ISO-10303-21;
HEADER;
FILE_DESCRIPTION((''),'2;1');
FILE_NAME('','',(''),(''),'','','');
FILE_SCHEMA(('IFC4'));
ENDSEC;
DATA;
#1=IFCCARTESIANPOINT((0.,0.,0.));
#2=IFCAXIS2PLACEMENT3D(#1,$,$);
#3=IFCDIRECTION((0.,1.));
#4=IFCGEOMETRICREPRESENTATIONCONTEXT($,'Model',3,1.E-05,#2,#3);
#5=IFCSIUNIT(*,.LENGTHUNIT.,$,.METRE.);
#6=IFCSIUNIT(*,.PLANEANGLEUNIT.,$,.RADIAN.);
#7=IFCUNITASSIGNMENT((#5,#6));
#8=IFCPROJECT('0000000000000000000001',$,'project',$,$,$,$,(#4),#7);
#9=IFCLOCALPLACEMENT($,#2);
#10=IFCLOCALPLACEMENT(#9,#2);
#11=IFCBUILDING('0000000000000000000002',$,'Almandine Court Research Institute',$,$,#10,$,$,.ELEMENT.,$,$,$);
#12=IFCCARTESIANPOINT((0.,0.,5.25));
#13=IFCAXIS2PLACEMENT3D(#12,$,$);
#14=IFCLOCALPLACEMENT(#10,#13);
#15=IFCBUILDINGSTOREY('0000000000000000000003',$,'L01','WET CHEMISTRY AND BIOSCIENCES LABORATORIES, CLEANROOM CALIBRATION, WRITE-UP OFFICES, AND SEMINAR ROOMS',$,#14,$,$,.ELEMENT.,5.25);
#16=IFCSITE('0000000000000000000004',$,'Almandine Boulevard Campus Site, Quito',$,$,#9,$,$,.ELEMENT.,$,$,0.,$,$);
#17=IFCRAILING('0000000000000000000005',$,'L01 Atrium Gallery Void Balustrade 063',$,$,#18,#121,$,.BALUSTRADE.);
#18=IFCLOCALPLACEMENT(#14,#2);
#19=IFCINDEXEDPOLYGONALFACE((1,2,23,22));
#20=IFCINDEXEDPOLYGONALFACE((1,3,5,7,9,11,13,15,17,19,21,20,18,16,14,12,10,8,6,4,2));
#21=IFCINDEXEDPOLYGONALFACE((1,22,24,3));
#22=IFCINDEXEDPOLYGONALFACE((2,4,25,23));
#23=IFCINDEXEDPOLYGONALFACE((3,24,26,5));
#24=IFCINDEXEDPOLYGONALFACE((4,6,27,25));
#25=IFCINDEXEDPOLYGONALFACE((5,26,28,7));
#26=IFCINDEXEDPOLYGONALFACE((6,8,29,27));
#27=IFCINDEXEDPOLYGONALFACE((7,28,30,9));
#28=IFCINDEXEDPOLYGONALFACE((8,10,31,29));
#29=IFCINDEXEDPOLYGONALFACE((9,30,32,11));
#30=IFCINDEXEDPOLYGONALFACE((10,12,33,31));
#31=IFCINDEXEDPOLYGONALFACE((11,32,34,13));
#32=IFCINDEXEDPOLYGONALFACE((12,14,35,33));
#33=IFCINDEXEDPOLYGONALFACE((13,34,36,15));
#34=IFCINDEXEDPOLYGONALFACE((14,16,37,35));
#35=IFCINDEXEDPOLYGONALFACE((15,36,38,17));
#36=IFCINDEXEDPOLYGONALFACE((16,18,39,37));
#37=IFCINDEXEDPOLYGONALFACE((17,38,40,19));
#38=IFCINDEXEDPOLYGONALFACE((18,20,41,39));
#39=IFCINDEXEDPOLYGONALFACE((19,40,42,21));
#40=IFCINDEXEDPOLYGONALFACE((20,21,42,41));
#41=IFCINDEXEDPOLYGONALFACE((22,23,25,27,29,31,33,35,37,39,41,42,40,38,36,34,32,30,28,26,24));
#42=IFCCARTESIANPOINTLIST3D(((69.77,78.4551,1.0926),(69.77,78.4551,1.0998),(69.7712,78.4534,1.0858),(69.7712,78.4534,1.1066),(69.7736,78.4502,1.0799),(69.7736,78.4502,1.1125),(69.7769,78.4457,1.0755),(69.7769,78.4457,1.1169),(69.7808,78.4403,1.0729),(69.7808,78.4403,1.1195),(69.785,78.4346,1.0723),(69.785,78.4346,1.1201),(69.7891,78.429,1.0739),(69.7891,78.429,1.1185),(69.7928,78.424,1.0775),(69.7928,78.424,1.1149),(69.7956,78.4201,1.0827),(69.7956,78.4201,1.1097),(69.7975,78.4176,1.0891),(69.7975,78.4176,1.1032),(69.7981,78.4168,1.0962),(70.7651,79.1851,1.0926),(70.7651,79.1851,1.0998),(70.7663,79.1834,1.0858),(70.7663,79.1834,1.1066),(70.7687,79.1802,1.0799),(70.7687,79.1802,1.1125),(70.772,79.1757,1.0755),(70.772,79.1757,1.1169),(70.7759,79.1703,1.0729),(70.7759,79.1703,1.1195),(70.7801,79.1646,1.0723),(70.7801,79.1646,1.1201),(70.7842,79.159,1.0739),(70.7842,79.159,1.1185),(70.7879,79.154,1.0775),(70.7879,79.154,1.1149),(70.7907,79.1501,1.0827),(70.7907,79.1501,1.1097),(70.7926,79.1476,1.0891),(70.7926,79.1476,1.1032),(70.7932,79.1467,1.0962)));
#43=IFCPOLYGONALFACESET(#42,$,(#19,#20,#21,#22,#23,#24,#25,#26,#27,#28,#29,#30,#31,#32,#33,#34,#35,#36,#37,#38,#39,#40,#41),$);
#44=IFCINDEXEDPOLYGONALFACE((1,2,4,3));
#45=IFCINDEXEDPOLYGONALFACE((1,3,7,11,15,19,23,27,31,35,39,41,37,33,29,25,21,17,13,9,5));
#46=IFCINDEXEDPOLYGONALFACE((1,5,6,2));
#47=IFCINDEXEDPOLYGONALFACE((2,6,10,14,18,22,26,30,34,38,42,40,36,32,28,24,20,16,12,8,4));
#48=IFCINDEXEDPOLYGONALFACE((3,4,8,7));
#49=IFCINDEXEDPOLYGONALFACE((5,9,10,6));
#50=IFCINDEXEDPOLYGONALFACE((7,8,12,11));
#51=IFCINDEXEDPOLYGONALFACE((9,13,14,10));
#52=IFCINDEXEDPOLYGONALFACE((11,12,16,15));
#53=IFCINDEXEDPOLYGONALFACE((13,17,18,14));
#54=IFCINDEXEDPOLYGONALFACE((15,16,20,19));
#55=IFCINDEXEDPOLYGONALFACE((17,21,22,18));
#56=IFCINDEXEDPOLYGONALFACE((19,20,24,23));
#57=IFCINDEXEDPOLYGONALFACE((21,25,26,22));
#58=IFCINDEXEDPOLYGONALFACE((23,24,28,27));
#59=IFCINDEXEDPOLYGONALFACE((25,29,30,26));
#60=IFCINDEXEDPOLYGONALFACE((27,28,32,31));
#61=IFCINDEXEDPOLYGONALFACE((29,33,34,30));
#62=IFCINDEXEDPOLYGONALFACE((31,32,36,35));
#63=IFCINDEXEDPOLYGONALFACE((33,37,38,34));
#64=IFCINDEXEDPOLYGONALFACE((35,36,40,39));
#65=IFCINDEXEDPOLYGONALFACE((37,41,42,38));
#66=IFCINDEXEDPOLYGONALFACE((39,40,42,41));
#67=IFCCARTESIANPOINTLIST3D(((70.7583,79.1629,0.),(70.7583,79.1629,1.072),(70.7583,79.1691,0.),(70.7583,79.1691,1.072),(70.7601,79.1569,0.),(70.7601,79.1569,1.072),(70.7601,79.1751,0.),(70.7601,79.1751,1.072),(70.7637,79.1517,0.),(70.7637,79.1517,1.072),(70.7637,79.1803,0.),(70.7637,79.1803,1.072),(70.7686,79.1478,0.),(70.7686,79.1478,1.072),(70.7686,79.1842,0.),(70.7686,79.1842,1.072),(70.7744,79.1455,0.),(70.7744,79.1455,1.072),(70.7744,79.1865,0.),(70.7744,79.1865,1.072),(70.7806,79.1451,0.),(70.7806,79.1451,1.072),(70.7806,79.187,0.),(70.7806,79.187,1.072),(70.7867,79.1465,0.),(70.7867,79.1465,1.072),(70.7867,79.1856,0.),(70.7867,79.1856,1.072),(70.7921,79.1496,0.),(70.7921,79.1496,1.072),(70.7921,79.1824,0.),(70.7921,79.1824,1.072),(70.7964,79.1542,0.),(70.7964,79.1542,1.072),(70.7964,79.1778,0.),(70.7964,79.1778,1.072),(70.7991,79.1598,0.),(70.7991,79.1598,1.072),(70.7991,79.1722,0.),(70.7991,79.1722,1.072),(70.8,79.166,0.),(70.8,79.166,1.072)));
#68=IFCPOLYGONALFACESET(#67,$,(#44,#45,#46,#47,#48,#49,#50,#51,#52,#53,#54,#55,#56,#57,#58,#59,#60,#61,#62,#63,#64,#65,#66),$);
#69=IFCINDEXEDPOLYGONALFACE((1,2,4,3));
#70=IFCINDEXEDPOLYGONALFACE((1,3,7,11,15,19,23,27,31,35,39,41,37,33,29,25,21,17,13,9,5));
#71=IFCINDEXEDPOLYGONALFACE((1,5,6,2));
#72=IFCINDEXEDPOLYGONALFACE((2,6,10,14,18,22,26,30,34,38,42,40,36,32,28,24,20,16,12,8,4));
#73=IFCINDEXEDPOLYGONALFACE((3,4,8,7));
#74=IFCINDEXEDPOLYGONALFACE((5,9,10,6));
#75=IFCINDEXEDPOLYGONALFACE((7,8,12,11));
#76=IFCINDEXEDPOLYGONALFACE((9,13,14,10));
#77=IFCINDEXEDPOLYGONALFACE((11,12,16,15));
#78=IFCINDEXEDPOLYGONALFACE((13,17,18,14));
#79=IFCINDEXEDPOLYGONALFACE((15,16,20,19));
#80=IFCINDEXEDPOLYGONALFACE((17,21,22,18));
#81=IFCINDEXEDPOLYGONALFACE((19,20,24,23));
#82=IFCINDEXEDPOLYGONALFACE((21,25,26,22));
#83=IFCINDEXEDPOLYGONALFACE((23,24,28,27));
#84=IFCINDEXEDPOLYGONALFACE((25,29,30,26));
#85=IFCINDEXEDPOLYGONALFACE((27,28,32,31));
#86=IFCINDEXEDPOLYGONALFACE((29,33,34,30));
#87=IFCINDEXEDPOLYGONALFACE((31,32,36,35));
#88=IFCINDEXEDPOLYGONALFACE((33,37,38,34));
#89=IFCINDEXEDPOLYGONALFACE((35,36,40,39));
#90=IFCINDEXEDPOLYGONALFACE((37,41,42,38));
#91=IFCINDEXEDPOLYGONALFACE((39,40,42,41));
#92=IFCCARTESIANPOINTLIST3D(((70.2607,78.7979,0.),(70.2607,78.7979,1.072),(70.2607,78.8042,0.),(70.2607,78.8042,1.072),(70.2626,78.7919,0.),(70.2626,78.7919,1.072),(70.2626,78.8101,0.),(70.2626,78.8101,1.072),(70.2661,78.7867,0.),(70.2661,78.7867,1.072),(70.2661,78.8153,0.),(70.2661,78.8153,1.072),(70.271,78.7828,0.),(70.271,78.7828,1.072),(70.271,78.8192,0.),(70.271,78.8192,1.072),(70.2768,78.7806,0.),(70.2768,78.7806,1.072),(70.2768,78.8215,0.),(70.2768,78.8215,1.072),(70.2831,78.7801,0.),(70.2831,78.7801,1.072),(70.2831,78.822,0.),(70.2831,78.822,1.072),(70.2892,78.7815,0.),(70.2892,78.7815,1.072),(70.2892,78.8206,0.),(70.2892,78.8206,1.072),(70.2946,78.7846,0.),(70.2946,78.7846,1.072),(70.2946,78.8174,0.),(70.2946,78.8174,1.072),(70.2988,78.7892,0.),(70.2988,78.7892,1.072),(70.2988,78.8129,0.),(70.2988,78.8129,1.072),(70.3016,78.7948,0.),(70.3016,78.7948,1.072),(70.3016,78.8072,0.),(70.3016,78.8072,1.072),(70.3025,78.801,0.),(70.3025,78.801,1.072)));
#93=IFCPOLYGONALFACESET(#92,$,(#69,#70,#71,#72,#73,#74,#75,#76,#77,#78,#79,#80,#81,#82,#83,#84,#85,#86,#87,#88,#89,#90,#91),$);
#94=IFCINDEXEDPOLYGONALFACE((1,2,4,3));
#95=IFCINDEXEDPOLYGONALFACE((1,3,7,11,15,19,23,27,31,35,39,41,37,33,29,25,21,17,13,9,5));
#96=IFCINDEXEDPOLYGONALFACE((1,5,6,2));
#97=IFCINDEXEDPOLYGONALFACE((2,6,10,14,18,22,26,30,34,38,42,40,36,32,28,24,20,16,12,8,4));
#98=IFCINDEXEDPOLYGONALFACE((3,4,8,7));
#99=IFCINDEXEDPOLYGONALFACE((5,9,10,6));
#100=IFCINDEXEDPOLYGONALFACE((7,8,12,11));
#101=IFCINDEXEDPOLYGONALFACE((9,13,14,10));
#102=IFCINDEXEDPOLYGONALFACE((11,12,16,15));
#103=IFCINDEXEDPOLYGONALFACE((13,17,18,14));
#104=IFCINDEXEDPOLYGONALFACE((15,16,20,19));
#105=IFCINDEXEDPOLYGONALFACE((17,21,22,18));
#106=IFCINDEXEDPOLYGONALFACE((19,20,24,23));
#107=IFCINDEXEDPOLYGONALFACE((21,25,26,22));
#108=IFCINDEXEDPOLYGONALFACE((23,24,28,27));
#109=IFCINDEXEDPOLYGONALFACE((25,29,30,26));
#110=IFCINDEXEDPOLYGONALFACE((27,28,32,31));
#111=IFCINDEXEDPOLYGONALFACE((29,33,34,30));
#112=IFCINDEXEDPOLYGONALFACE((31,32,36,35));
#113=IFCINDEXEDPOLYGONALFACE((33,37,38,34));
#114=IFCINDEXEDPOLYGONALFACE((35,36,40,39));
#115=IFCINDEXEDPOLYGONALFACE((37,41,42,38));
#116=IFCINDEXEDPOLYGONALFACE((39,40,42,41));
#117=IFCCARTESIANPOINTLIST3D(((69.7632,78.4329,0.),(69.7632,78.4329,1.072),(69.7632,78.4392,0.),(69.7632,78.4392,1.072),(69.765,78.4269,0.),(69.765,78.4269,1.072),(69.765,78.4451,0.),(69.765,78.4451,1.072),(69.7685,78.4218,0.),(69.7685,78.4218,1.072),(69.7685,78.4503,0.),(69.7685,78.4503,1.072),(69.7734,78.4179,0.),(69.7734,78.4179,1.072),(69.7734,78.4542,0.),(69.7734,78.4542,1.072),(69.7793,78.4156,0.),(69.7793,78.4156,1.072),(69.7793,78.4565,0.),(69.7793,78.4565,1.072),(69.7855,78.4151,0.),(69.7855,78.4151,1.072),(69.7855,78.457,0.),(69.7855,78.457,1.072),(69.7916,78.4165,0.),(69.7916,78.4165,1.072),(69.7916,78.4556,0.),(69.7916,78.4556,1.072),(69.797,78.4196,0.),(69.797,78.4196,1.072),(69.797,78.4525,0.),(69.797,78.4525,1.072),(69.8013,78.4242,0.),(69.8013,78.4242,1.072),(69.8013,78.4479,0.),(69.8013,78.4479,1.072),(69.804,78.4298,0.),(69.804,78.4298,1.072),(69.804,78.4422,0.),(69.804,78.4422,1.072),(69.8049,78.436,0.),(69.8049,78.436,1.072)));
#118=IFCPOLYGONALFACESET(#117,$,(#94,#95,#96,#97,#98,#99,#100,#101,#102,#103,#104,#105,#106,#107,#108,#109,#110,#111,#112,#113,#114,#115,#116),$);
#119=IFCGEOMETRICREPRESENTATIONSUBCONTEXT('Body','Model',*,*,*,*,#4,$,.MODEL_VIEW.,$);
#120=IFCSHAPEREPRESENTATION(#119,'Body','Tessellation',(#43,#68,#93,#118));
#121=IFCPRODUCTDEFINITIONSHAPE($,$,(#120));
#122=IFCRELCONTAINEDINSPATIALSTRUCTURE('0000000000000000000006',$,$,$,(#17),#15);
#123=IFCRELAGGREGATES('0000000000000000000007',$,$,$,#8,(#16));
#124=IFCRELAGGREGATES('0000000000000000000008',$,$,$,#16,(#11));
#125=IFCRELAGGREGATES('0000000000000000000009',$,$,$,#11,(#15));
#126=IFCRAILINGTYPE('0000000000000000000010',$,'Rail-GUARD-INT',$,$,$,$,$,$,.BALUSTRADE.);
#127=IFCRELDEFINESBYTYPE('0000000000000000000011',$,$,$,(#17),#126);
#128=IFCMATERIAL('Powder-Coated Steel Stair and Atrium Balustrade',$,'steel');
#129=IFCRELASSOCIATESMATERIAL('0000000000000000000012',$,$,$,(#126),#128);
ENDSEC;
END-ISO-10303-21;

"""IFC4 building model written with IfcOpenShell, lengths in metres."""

from ifc_helpers import new_model, si_unit, direction, frame, origin, origin_2d, place, context, subcontext, project, spatial, circle, extrude, material, type_object, element, save


model = new_model("IFC4")

# Units and contexts
model_context = context("Model", 3, precision=1e-05, world=origin(), true_north=direction((0.0, 1.0)))
body_context = subcontext(model_context, "Body", "Model", "MODEL_VIEW")
ifc_project = project(units=[si_unit("LENGTHUNIT", "METRE"), si_unit("PLANEANGLEUNIT", "RADIAN")], contexts=[model_context])

# Site, building, storey
site_placement = place(None, origin())
site = spatial("IfcSite", under=ifc_project, at=site_placement, Name="Almandine Boulevard Campus Site, Quito", CompositionType="ELEMENT", RefElevation=0.0)
building_placement = place(site_placement, origin())
building = spatial("IfcBuilding", under=site, at=building_placement, Name="Almandine Court Research Institute", CompositionType="ELEMENT")
storey_placement = place(building_placement, frame((0.0, 0.0, 5.25)))
storey = spatial("IfcBuildingStorey", under=building, at=storey_placement, Name="L01", Description="WET CHEMISTRY AND BIOSCIENCES LABORATORIES, CLEANROOM CALIBRATION, WRITE-UP OFFICES, AND SEMINAR ROOMS", CompositionType="ELEMENT", Elevation=5.25)

# Railing
ifc_material_1 = material(Name="Powder-Coated Steel Stair and Atrium Balustrade", Category="steel")
railing_type = type_object("IfcRailingType", Name="Rail-GUARD-INT", PredefinedType="BALUSTRADE", material=ifc_material_1)
railing_1_placement = place(storey_placement, frame((70.7791, 79.166, 0.0)))
element("IfcRailing", 1, at=railing_1_placement, inside=storey, type_object=railing_type, Name="L01 Atrium Gallery Void Balustrade 063", PredefinedType="BALUSTRADE", context=body_context, shape_type="SweptSolid", body=[
    extrude(circle(Radius=0.0239, at=origin_2d()), frame((0.0, 0.0, 1.0962), z_axis=(-0.806317, -0.591484, 0.0), x_axis=(0.591484, -0.806317, 0.0)), (0.0, 0.0, 1.0), 1.2341),
    extrude(circle(Radius=0.021, at=origin_2d()), origin(), (0.0, 0.0, 1.0), 1.072),
    extrude(circle(Radius=0.021, at=origin_2d()), frame((-0.4976, -0.365, 0.0)), (0.0, 0.0, 1.0), 1.072),
    extrude(circle(Radius=0.021, at=origin_2d()), frame((-0.9951, -0.73, 0.0)), (0.0, 0.0, 1.0), 1.072),
])

save(model, "model.ifc")
